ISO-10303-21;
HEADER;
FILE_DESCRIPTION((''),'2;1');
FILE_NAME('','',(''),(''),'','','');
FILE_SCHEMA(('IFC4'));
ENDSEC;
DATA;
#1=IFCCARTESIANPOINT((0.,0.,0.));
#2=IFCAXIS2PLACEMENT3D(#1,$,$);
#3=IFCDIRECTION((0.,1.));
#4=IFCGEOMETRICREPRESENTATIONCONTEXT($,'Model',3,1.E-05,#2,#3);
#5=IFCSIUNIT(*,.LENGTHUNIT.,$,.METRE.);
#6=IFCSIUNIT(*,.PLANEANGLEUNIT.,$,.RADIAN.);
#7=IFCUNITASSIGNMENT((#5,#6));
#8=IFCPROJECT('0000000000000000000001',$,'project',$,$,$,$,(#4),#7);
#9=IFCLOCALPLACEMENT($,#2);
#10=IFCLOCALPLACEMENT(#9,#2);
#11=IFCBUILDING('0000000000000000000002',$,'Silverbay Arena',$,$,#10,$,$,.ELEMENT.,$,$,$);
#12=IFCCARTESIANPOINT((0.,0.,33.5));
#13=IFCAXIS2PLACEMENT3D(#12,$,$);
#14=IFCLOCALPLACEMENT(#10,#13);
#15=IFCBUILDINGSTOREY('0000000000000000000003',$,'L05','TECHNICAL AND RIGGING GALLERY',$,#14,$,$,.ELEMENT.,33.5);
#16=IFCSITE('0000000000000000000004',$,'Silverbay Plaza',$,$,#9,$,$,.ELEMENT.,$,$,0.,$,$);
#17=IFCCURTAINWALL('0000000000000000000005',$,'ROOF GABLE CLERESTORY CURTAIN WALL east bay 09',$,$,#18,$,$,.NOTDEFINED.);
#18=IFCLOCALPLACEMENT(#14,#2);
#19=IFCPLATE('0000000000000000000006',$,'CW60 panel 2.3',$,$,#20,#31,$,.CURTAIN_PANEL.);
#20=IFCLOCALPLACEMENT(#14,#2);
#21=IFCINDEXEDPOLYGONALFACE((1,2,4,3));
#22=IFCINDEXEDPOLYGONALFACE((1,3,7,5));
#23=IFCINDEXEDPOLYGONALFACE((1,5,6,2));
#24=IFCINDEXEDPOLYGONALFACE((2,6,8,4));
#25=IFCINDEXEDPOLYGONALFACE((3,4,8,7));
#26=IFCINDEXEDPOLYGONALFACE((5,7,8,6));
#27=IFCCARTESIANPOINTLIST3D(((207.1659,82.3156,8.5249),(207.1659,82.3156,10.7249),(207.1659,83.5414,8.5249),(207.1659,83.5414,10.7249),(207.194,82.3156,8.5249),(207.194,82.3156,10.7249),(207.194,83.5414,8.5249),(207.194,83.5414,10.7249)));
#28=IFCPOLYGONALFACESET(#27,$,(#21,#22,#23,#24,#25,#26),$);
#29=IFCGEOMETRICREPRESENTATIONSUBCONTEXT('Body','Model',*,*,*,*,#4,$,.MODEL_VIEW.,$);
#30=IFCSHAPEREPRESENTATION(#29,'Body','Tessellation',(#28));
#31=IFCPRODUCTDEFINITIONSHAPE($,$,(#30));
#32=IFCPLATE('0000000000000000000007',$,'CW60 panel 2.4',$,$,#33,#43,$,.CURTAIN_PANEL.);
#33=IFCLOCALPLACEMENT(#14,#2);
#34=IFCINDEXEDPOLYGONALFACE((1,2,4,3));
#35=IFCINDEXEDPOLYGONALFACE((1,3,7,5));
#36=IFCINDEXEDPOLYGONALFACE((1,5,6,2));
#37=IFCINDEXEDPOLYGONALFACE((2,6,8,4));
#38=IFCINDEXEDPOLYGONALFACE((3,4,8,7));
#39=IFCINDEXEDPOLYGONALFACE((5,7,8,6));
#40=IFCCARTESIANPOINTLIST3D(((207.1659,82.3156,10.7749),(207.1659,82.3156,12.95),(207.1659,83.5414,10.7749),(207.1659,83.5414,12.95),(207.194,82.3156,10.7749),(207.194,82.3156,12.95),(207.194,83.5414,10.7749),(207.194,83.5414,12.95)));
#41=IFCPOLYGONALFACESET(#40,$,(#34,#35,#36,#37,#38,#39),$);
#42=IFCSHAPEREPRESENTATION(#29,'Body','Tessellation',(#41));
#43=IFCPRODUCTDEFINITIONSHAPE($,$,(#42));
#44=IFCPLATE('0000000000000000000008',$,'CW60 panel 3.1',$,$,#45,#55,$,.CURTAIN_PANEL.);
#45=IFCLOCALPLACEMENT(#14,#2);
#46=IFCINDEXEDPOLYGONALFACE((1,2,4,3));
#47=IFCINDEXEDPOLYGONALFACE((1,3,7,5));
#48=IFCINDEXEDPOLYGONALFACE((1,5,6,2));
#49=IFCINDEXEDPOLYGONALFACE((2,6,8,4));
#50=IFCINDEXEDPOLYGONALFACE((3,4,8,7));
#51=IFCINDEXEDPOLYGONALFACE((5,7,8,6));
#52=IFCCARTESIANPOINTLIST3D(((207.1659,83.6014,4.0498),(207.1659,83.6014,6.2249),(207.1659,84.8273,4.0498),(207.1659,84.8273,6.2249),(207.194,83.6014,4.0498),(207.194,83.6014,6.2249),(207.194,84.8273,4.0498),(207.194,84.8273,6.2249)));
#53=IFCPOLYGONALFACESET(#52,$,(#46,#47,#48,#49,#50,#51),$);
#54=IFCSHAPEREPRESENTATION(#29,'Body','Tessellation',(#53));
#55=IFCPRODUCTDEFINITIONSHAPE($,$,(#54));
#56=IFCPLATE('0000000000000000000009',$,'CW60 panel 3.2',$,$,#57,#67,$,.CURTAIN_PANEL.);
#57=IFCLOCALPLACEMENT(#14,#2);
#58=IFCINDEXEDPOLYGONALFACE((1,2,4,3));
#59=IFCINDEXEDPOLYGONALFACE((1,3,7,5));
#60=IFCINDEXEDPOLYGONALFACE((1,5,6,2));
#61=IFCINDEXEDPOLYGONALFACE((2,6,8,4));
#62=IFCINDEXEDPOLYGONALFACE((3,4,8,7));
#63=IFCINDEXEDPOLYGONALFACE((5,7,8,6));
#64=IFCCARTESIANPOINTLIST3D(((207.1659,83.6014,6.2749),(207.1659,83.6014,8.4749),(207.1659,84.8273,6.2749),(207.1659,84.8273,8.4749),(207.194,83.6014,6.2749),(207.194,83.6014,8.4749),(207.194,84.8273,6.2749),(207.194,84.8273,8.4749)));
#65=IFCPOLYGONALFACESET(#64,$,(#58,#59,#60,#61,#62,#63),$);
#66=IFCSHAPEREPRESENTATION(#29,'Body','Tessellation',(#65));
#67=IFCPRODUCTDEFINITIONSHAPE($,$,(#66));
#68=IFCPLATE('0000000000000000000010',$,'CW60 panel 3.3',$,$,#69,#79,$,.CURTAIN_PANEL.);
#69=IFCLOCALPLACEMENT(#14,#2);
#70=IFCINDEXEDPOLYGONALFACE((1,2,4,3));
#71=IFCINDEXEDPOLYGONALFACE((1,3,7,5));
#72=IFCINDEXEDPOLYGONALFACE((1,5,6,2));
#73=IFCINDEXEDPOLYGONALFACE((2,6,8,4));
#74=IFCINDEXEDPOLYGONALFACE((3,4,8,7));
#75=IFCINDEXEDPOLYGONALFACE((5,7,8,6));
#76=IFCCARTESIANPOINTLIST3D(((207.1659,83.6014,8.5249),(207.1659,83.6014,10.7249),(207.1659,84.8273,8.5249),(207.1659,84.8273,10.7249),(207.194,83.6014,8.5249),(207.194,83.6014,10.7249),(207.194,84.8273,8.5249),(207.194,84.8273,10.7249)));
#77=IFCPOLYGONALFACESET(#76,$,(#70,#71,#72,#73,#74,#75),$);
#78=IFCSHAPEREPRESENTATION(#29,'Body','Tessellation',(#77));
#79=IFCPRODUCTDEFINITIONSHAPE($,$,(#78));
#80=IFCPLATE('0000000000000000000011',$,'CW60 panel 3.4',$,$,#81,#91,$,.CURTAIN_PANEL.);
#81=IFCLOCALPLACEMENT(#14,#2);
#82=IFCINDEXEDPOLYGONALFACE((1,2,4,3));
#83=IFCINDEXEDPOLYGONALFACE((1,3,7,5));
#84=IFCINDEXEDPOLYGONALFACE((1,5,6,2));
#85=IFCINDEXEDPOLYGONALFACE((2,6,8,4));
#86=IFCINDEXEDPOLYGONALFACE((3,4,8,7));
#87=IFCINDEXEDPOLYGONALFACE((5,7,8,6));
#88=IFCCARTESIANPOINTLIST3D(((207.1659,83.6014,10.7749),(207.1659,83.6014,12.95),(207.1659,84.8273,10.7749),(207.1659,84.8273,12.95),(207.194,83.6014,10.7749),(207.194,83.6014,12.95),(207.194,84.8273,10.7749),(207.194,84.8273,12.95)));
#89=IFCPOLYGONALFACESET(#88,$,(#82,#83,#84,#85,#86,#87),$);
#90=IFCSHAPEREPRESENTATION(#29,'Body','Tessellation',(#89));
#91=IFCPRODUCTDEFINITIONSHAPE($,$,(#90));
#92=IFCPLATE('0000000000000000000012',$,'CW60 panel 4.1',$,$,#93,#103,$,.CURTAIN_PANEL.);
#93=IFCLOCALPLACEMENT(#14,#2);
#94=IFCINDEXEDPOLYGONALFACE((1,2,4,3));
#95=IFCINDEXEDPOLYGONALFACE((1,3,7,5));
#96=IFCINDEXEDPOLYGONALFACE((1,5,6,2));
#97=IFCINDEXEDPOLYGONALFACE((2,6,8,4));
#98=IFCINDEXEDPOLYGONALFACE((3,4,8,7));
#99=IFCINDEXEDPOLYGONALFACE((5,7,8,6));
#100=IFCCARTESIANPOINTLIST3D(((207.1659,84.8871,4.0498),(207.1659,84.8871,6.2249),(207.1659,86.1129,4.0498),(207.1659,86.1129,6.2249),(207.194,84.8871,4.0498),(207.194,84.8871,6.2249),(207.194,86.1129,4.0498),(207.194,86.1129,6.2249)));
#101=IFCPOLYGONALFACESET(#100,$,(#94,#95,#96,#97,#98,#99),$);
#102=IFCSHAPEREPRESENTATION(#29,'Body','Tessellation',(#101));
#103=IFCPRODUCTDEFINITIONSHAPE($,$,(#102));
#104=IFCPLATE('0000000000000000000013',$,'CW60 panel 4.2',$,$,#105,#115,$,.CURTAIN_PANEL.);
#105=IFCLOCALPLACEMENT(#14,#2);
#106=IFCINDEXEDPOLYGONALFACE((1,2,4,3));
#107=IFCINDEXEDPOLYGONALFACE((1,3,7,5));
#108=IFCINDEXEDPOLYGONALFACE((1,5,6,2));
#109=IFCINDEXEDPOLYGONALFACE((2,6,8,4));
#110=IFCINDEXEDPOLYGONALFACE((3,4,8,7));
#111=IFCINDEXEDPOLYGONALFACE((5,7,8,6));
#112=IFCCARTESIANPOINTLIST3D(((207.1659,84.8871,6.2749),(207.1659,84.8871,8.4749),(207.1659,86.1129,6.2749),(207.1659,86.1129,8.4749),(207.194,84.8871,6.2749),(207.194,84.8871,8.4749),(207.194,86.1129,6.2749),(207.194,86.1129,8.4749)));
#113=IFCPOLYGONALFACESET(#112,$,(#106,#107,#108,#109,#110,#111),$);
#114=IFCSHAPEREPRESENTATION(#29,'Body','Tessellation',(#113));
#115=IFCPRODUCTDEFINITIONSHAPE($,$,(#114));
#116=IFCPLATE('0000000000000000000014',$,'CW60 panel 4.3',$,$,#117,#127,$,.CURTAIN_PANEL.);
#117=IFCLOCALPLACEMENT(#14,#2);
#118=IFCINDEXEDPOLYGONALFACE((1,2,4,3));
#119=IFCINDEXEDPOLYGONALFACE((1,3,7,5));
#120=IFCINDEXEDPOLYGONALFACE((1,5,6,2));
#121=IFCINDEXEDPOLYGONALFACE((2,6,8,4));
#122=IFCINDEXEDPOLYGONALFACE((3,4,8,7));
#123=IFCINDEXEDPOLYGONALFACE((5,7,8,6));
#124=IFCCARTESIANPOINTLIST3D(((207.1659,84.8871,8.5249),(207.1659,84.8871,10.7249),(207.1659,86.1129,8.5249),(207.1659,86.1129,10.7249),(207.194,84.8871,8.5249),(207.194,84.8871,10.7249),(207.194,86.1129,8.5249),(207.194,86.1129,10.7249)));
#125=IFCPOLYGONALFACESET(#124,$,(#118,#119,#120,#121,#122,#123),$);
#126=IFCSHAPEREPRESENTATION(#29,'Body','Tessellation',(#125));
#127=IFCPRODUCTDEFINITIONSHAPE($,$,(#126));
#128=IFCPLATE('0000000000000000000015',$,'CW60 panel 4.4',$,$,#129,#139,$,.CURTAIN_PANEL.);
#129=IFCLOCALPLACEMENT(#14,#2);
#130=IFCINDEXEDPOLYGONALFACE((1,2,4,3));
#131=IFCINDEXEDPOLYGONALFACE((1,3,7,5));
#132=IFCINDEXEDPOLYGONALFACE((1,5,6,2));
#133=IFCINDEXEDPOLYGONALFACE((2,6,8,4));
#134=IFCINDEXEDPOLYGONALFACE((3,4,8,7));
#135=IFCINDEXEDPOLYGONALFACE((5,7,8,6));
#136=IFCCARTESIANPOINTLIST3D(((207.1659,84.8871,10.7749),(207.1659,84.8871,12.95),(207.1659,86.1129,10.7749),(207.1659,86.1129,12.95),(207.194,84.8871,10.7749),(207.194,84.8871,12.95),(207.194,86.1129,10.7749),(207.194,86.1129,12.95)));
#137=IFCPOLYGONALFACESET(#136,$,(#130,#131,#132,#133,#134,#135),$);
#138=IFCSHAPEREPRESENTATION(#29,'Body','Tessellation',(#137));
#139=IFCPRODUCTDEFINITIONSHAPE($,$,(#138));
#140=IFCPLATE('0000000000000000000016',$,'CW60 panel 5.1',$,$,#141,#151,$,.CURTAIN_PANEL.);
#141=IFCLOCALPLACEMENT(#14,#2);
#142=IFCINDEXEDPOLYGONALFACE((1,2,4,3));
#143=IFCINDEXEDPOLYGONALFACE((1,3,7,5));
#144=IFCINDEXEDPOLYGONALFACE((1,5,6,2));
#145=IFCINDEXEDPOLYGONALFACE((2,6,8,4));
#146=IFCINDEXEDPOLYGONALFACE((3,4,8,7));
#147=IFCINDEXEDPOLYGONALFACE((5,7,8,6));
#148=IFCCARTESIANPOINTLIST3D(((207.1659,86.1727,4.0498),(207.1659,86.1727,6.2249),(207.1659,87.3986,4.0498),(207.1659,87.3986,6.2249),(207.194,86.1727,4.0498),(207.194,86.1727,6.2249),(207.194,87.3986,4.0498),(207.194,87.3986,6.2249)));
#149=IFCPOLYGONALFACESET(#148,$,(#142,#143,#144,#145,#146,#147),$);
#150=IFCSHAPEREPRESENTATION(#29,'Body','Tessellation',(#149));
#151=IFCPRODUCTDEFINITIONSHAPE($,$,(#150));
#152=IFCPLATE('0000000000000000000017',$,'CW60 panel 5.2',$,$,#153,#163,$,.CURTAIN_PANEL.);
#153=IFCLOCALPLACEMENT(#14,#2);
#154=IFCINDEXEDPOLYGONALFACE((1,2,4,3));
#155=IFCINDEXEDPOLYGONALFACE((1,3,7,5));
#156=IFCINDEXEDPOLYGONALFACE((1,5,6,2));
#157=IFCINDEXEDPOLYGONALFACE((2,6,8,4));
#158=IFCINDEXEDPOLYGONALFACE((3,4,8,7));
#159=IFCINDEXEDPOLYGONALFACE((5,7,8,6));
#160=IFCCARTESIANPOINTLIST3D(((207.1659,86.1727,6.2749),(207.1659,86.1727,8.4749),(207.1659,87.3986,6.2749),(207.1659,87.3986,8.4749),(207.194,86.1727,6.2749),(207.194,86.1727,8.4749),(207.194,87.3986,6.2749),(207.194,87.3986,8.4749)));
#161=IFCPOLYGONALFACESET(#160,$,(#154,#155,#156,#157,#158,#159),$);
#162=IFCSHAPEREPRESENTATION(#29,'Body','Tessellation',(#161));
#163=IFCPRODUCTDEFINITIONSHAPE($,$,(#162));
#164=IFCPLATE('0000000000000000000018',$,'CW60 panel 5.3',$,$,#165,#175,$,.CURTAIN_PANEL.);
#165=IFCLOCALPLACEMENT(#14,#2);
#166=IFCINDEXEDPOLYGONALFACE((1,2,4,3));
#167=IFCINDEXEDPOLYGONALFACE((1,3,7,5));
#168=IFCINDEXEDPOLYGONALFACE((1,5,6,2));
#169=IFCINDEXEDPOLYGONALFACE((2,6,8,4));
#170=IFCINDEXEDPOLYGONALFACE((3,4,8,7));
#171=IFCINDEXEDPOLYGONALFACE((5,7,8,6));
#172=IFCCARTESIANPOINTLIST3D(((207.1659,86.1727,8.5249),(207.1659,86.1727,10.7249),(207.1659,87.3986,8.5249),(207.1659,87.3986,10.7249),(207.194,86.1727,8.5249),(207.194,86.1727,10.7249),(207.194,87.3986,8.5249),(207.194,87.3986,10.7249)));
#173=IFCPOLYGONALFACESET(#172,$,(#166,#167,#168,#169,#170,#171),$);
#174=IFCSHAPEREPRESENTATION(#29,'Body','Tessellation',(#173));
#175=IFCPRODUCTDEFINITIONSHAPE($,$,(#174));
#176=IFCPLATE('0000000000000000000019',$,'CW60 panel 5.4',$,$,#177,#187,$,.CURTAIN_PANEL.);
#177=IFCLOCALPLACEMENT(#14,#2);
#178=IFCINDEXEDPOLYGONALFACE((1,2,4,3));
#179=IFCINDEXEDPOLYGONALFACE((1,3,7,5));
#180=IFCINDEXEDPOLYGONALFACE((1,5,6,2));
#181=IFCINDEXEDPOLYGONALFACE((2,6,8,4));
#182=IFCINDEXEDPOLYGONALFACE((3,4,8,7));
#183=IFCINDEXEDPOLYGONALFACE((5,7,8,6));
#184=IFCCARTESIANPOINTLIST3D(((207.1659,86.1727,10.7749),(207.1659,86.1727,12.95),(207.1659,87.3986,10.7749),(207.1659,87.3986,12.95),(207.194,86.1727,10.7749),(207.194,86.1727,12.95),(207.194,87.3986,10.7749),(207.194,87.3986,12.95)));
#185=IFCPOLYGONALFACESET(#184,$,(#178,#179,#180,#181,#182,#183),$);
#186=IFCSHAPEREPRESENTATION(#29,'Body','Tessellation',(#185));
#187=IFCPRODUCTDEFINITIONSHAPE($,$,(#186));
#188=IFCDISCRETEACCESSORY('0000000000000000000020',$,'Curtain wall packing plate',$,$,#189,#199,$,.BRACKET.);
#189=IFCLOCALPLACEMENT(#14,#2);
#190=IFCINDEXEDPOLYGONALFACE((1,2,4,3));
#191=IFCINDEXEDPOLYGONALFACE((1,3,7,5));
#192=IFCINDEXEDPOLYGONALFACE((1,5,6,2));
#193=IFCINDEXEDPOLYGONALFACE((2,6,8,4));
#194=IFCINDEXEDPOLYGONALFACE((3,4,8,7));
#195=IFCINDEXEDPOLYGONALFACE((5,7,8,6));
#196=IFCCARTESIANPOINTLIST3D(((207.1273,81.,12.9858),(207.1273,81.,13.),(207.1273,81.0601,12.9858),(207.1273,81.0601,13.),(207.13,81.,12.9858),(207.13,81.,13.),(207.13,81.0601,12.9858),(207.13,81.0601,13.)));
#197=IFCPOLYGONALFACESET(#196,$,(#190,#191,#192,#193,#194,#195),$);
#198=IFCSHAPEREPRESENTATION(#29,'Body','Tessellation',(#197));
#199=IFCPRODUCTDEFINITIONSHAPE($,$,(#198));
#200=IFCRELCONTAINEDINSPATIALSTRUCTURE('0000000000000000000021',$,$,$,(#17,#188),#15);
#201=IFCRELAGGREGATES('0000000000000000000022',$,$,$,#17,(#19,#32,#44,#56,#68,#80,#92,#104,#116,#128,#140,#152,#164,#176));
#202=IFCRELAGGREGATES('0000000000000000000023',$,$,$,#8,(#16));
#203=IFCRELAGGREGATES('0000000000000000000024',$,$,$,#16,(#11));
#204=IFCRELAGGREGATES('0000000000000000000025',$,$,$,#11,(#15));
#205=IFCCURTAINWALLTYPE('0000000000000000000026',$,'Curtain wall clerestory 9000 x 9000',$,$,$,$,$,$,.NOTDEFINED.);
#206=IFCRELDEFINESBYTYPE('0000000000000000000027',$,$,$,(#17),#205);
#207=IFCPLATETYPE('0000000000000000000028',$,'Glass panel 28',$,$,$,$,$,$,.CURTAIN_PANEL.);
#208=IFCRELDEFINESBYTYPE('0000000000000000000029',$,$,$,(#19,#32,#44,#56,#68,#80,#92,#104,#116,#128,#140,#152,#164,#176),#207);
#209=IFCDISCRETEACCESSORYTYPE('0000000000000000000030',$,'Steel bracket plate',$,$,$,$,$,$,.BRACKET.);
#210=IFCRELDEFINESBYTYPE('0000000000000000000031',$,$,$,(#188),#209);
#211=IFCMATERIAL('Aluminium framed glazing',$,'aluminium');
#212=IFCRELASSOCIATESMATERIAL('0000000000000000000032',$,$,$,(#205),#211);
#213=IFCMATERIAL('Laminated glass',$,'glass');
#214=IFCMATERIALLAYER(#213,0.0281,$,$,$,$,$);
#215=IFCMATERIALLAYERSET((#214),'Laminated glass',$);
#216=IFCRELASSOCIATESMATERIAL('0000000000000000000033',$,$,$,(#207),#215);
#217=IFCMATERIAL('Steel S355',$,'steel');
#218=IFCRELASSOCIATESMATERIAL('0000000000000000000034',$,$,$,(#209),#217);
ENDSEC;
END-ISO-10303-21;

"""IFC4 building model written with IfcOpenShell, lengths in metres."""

from ifc_helpers import new_model, si_unit, direction, frame, origin, origin_2d, place, context, subcontext, project, spatial, rectangle, extrude, material, layer, layer_set, type_object, element, aggregate, save


model = new_model("IFC4")

# Units and contexts
model_context = context("Model", 3, precision=1e-05, world=origin(), true_north=direction((0.0, 1.0)))
body_context = subcontext(model_context, "Body", "Model", "MODEL_VIEW")
ifc_project = project(units=[si_unit("LENGTHUNIT", "METRE"), si_unit("PLANEANGLEUNIT", "RADIAN")], contexts=[model_context])

# Site, building, storey
site_placement = place(None, origin())
site = spatial("IfcSite", under=ifc_project, at=site_placement, Name="Silverbay Plaza", CompositionType="ELEMENT", RefElevation=0.0)
building_placement = place(site_placement, origin())
building = spatial("IfcBuilding", under=site, at=building_placement, Name="Silverbay Arena", CompositionType="ELEMENT")
storey_placement = place(building_placement, frame((0.0, 0.0, 33.5)))
storey = spatial("IfcBuildingStorey", under=building, at=storey_placement, Name="L05", Description="TECHNICAL AND RIGGING GALLERY", CompositionType="ELEMENT", Elevation=33.5)

# Curtain wall, plates
ifc_material_1 = material(Name="Aluminium framed glazing", Category="aluminium")
curtain_wall_type = type_object("IfcCurtainWallType", Name="Curtain wall clerestory 9000 x 9000", PredefinedType="NOTDEFINED", material=ifc_material_1)
curtain_wall_placement = place(storey_placement, origin())
curtain_wall = element("IfcCurtainWall", 1, at=curtain_wall_placement, inside=storey, type_object=curtain_wall_type, Name="ROOF GABLE CLERESTORY CURTAIN WALL east bay 09", PredefinedType="NOTDEFINED")
ifc_material_2 = material(Name="Laminated glass", Category="glass")
ifc_layer = layer(ifc_material_2, 0.0281)
ifc_layer_set = layer_set([ifc_layer], Name="Laminated glass")
plate_type = type_object("IfcPlateType", Name="Glass panel 28", PredefinedType="CURTAIN_PANEL", material=ifc_layer_set)
plate_1_placement = place(storey_placement, frame((207.1799, 82.9285, 8.5249), z_axis=(0.0, 0.0, 1.0), x_axis=(0.0, 1.0, 0.0)))
plate_1 = element("IfcPlate", 2, at=plate_1_placement, type_object=plate_type, Name="CW60 panel 2.3", PredefinedType="CURTAIN_PANEL", context=body_context, shape_type="SweptSolid", body=[
    extrude(rectangle(XDim=1.2258, YDim=0.0281, at=origin_2d()), origin(), (0.0, 0.0, 1.0), 2.2),
])
plate_2_placement = place(storey_placement, frame((207.1799, 82.9285, 10.7749), z_axis=(0.0, 0.0, 1.0), x_axis=(0.0, 1.0, 0.0)))
plate_2 = element("IfcPlate", 3, at=plate_2_placement, type_object=plate_type, Name="CW60 panel 2.4", PredefinedType="CURTAIN_PANEL", context=body_context, shape_type="SweptSolid", body=[
    extrude(rectangle(XDim=1.2258, YDim=0.0281, at=origin_2d()), origin(), (0.0, 0.0, 1.0), 2.175),
])
plate_3_placement = place(storey_placement, frame((207.1799, 84.2144, 4.0498), z_axis=(0.0, 0.0, 1.0), x_axis=(0.0, 1.0, 0.0)))
plate_3 = element("IfcPlate", 4, at=plate_3_placement, type_object=plate_type, Name="CW60 panel 3.1", PredefinedType="CURTAIN_PANEL", context=body_context, shape_type="SweptSolid", body=[
    extrude(rectangle(XDim=1.2258, YDim=0.0281, at=origin_2d()), origin(), (0.0, 0.0, 1.0), 2.175),
])
plate_4_placement = place(storey_placement, frame((207.1799, 84.2144, 6.2749), z_axis=(0.0, 0.0, 1.0), x_axis=(0.0, 1.0, 0.0)))
plate_4 = element("IfcPlate", 5, at=plate_4_placement, type_object=plate_type, Name="CW60 panel 3.2", PredefinedType="CURTAIN_PANEL", context=body_context, shape_type="SweptSolid", body=[
    extrude(rectangle(XDim=1.2258, YDim=0.0281, at=origin_2d()), origin(), (0.0, 0.0, 1.0), 2.2),
])
plate_5_placement = place(storey_placement, frame((207.1799, 84.2144, 8.5249), z_axis=(0.0, 0.0, 1.0), x_axis=(0.0, 1.0, 0.0)))
plate_5 = element("IfcPlate", 6, at=plate_5_placement, type_object=plate_type, Name="CW60 panel 3.3", PredefinedType="CURTAIN_PANEL", context=body_context, shape_type="SweptSolid", body=[
    extrude(rectangle(XDim=1.2258, YDim=0.0281, at=origin_2d()), origin(), (0.0, 0.0, 1.0), 2.2),
])
plate_6_placement = place(storey_placement, frame((207.1799, 84.2144, 10.7749), z_axis=(0.0, 0.0, 1.0), x_axis=(0.0, 1.0, 0.0)))
plate_6 = element("IfcPlate", 7, at=plate_6_placement, type_object=plate_type, Name="CW60 panel 3.4", PredefinedType="CURTAIN_PANEL", context=body_context, shape_type="SweptSolid", body=[
    extrude(rectangle(XDim=1.2258, YDim=0.0281, at=origin_2d()), origin(), (0.0, 0.0, 1.0), 2.175),
])
plate_7_placement = place(storey_placement, frame((207.1799, 85.5, 4.0498), z_axis=(0.0, 0.0, 1.0), x_axis=(0.0, 1.0, 0.0)))
plate_7 = element("IfcPlate", 8, at=plate_7_placement, type_object=plate_type, Name="CW60 panel 4.1", PredefinedType="CURTAIN_PANEL", context=body_context, shape_type="SweptSolid", body=[
    extrude(rectangle(XDim=1.2258, YDim=0.0281, at=origin_2d()), origin(), (0.0, 0.0, 1.0), 2.175),
])
plate_8_placement = place(storey_placement, frame((207.1799, 85.5, 6.2749), z_axis=(0.0, 0.0, 1.0), x_axis=(0.0, 1.0, 0.0)))
plate_8 = element("IfcPlate", 9, at=plate_8_placement, type_object=plate_type, Name="CW60 panel 4.2", PredefinedType="CURTAIN_PANEL", context=body_context, shape_type="SweptSolid", body=[
    extrude(rectangle(XDim=1.2258, YDim=0.0281, at=origin_2d()), origin(), (0.0, 0.0, 1.0), 2.2),
])
plate_9_placement = place(storey_placement, frame((207.1799, 85.5, 8.5249), z_axis=(0.0, 0.0, 1.0), x_axis=(0.0, 1.0, 0.0)))
plate_9 = element("IfcPlate", 10, at=plate_9_placement, type_object=plate_type, Name="CW60 panel 4.3", PredefinedType="CURTAIN_PANEL", context=body_context, shape_type="SweptSolid", body=[
    extrude(rectangle(XDim=1.2258, YDim=0.0281, at=origin_2d()), origin(), (0.0, 0.0, 1.0), 2.2),
])
plate_10_placement = place(storey_placement, frame((207.1799, 85.5, 10.7749), z_axis=(0.0, 0.0, 1.0), x_axis=(0.0, 1.0, 0.0)))
plate_10 = element("IfcPlate", 11, at=plate_10_placement, type_object=plate_type, Name="CW60 panel 4.4", PredefinedType="CURTAIN_PANEL", context=body_context, shape_type="SweptSolid", body=[
    extrude(rectangle(XDim=1.2258, YDim=0.0281, at=origin_2d()), origin(), (0.0, 0.0, 1.0), 2.175),
])
plate_11_placement = place(storey_placement, frame((207.1799, 86.7856, 4.0498), z_axis=(0.0, 0.0, 1.0), x_axis=(0.0, 1.0, 0.0)))
plate_11 = element("IfcPlate", 12, at=plate_11_placement, type_object=plate_type, Name="CW60 panel 5.1", PredefinedType="CURTAIN_PANEL", context=body_context, shape_type="SweptSolid", body=[
    extrude(rectangle(XDim=1.2258, YDim=0.0281, at=origin_2d()), origin(), (0.0, 0.0, 1.0), 2.175),
])
plate_12_placement = place(storey_placement, frame((207.1799, 86.7856, 6.2749), z_axis=(0.0, 0.0, 1.0), x_axis=(0.0, 1.0, 0.0)))
plate_12 = element("IfcPlate", 13, at=plate_12_placement, type_object=plate_type, Name="CW60 panel 5.2", PredefinedType="CURTAIN_PANEL", context=body_context, shape_type="SweptSolid", body=[
    extrude(rectangle(XDim=1.2258, YDim=0.0281, at=origin_2d()), origin(), (0.0, 0.0, 1.0), 2.2),
])
plate_13_placement = place(storey_placement, frame((207.1799, 86.7856, 8.5249), z_axis=(0.0, 0.0, 1.0), x_axis=(0.0, 1.0, 0.0)))
plate_13 = element("IfcPlate", 14, at=plate_13_placement, type_object=plate_type, Name="CW60 panel 5.3", PredefinedType="CURTAIN_PANEL", context=body_context, shape_type="SweptSolid", body=[
    extrude(rectangle(XDim=1.2258, YDim=0.0281, at=origin_2d()), origin(), (0.0, 0.0, 1.0), 2.2),
])
plate_14_placement = place(storey_placement, frame((207.1799, 86.7856, 10.7749), z_axis=(0.0, 0.0, 1.0), x_axis=(0.0, 1.0, 0.0)))
plate_14 = element("IfcPlate", 15, at=plate_14_placement, type_object=plate_type, Name="CW60 panel 5.4", PredefinedType="CURTAIN_PANEL", context=body_context, shape_type="SweptSolid", body=[
    extrude(rectangle(XDim=1.2258, YDim=0.0281, at=origin_2d()), origin(), (0.0, 0.0, 1.0), 2.175),
])
aggregate(curtain_wall, [plate_1, plate_2, plate_3, plate_4, plate_5, plate_6, plate_7, plate_8, plate_9, plate_10, plate_11, plate_12, plate_13, plate_14])

# Discrete accessory
ifc_material_3 = material(Name="Steel S355", Category="steel")
discrete_accessory_type = type_object("IfcDiscreteAccessoryType", Name="Steel bracket plate", PredefinedType="BRACKET", material=ifc_material_3)
for number, where, z_axis, x_axis, name in (
    (16, (207.1287, 81.03, 12.9858), (0.0, 0.0, 1.0), (1.0, 0.0, 0.0), "Curtain wall packing plate"),
):
    element("IfcDiscreteAccessory", number, at=place(storey_placement, frame(where, z_axis=z_axis, x_axis=x_axis)), inside=storey, type_object=discrete_accessory_type, Name=name, PredefinedType="BRACKET", context=body_context, shape_type="SweptSolid", body=[
        extrude(rectangle(XDim=0.0027, YDim=0.0601, at=origin_2d()), origin(), (0.0, 0.0, 1.0), 0.0142),
    ])

save(model, "model.ifc")
